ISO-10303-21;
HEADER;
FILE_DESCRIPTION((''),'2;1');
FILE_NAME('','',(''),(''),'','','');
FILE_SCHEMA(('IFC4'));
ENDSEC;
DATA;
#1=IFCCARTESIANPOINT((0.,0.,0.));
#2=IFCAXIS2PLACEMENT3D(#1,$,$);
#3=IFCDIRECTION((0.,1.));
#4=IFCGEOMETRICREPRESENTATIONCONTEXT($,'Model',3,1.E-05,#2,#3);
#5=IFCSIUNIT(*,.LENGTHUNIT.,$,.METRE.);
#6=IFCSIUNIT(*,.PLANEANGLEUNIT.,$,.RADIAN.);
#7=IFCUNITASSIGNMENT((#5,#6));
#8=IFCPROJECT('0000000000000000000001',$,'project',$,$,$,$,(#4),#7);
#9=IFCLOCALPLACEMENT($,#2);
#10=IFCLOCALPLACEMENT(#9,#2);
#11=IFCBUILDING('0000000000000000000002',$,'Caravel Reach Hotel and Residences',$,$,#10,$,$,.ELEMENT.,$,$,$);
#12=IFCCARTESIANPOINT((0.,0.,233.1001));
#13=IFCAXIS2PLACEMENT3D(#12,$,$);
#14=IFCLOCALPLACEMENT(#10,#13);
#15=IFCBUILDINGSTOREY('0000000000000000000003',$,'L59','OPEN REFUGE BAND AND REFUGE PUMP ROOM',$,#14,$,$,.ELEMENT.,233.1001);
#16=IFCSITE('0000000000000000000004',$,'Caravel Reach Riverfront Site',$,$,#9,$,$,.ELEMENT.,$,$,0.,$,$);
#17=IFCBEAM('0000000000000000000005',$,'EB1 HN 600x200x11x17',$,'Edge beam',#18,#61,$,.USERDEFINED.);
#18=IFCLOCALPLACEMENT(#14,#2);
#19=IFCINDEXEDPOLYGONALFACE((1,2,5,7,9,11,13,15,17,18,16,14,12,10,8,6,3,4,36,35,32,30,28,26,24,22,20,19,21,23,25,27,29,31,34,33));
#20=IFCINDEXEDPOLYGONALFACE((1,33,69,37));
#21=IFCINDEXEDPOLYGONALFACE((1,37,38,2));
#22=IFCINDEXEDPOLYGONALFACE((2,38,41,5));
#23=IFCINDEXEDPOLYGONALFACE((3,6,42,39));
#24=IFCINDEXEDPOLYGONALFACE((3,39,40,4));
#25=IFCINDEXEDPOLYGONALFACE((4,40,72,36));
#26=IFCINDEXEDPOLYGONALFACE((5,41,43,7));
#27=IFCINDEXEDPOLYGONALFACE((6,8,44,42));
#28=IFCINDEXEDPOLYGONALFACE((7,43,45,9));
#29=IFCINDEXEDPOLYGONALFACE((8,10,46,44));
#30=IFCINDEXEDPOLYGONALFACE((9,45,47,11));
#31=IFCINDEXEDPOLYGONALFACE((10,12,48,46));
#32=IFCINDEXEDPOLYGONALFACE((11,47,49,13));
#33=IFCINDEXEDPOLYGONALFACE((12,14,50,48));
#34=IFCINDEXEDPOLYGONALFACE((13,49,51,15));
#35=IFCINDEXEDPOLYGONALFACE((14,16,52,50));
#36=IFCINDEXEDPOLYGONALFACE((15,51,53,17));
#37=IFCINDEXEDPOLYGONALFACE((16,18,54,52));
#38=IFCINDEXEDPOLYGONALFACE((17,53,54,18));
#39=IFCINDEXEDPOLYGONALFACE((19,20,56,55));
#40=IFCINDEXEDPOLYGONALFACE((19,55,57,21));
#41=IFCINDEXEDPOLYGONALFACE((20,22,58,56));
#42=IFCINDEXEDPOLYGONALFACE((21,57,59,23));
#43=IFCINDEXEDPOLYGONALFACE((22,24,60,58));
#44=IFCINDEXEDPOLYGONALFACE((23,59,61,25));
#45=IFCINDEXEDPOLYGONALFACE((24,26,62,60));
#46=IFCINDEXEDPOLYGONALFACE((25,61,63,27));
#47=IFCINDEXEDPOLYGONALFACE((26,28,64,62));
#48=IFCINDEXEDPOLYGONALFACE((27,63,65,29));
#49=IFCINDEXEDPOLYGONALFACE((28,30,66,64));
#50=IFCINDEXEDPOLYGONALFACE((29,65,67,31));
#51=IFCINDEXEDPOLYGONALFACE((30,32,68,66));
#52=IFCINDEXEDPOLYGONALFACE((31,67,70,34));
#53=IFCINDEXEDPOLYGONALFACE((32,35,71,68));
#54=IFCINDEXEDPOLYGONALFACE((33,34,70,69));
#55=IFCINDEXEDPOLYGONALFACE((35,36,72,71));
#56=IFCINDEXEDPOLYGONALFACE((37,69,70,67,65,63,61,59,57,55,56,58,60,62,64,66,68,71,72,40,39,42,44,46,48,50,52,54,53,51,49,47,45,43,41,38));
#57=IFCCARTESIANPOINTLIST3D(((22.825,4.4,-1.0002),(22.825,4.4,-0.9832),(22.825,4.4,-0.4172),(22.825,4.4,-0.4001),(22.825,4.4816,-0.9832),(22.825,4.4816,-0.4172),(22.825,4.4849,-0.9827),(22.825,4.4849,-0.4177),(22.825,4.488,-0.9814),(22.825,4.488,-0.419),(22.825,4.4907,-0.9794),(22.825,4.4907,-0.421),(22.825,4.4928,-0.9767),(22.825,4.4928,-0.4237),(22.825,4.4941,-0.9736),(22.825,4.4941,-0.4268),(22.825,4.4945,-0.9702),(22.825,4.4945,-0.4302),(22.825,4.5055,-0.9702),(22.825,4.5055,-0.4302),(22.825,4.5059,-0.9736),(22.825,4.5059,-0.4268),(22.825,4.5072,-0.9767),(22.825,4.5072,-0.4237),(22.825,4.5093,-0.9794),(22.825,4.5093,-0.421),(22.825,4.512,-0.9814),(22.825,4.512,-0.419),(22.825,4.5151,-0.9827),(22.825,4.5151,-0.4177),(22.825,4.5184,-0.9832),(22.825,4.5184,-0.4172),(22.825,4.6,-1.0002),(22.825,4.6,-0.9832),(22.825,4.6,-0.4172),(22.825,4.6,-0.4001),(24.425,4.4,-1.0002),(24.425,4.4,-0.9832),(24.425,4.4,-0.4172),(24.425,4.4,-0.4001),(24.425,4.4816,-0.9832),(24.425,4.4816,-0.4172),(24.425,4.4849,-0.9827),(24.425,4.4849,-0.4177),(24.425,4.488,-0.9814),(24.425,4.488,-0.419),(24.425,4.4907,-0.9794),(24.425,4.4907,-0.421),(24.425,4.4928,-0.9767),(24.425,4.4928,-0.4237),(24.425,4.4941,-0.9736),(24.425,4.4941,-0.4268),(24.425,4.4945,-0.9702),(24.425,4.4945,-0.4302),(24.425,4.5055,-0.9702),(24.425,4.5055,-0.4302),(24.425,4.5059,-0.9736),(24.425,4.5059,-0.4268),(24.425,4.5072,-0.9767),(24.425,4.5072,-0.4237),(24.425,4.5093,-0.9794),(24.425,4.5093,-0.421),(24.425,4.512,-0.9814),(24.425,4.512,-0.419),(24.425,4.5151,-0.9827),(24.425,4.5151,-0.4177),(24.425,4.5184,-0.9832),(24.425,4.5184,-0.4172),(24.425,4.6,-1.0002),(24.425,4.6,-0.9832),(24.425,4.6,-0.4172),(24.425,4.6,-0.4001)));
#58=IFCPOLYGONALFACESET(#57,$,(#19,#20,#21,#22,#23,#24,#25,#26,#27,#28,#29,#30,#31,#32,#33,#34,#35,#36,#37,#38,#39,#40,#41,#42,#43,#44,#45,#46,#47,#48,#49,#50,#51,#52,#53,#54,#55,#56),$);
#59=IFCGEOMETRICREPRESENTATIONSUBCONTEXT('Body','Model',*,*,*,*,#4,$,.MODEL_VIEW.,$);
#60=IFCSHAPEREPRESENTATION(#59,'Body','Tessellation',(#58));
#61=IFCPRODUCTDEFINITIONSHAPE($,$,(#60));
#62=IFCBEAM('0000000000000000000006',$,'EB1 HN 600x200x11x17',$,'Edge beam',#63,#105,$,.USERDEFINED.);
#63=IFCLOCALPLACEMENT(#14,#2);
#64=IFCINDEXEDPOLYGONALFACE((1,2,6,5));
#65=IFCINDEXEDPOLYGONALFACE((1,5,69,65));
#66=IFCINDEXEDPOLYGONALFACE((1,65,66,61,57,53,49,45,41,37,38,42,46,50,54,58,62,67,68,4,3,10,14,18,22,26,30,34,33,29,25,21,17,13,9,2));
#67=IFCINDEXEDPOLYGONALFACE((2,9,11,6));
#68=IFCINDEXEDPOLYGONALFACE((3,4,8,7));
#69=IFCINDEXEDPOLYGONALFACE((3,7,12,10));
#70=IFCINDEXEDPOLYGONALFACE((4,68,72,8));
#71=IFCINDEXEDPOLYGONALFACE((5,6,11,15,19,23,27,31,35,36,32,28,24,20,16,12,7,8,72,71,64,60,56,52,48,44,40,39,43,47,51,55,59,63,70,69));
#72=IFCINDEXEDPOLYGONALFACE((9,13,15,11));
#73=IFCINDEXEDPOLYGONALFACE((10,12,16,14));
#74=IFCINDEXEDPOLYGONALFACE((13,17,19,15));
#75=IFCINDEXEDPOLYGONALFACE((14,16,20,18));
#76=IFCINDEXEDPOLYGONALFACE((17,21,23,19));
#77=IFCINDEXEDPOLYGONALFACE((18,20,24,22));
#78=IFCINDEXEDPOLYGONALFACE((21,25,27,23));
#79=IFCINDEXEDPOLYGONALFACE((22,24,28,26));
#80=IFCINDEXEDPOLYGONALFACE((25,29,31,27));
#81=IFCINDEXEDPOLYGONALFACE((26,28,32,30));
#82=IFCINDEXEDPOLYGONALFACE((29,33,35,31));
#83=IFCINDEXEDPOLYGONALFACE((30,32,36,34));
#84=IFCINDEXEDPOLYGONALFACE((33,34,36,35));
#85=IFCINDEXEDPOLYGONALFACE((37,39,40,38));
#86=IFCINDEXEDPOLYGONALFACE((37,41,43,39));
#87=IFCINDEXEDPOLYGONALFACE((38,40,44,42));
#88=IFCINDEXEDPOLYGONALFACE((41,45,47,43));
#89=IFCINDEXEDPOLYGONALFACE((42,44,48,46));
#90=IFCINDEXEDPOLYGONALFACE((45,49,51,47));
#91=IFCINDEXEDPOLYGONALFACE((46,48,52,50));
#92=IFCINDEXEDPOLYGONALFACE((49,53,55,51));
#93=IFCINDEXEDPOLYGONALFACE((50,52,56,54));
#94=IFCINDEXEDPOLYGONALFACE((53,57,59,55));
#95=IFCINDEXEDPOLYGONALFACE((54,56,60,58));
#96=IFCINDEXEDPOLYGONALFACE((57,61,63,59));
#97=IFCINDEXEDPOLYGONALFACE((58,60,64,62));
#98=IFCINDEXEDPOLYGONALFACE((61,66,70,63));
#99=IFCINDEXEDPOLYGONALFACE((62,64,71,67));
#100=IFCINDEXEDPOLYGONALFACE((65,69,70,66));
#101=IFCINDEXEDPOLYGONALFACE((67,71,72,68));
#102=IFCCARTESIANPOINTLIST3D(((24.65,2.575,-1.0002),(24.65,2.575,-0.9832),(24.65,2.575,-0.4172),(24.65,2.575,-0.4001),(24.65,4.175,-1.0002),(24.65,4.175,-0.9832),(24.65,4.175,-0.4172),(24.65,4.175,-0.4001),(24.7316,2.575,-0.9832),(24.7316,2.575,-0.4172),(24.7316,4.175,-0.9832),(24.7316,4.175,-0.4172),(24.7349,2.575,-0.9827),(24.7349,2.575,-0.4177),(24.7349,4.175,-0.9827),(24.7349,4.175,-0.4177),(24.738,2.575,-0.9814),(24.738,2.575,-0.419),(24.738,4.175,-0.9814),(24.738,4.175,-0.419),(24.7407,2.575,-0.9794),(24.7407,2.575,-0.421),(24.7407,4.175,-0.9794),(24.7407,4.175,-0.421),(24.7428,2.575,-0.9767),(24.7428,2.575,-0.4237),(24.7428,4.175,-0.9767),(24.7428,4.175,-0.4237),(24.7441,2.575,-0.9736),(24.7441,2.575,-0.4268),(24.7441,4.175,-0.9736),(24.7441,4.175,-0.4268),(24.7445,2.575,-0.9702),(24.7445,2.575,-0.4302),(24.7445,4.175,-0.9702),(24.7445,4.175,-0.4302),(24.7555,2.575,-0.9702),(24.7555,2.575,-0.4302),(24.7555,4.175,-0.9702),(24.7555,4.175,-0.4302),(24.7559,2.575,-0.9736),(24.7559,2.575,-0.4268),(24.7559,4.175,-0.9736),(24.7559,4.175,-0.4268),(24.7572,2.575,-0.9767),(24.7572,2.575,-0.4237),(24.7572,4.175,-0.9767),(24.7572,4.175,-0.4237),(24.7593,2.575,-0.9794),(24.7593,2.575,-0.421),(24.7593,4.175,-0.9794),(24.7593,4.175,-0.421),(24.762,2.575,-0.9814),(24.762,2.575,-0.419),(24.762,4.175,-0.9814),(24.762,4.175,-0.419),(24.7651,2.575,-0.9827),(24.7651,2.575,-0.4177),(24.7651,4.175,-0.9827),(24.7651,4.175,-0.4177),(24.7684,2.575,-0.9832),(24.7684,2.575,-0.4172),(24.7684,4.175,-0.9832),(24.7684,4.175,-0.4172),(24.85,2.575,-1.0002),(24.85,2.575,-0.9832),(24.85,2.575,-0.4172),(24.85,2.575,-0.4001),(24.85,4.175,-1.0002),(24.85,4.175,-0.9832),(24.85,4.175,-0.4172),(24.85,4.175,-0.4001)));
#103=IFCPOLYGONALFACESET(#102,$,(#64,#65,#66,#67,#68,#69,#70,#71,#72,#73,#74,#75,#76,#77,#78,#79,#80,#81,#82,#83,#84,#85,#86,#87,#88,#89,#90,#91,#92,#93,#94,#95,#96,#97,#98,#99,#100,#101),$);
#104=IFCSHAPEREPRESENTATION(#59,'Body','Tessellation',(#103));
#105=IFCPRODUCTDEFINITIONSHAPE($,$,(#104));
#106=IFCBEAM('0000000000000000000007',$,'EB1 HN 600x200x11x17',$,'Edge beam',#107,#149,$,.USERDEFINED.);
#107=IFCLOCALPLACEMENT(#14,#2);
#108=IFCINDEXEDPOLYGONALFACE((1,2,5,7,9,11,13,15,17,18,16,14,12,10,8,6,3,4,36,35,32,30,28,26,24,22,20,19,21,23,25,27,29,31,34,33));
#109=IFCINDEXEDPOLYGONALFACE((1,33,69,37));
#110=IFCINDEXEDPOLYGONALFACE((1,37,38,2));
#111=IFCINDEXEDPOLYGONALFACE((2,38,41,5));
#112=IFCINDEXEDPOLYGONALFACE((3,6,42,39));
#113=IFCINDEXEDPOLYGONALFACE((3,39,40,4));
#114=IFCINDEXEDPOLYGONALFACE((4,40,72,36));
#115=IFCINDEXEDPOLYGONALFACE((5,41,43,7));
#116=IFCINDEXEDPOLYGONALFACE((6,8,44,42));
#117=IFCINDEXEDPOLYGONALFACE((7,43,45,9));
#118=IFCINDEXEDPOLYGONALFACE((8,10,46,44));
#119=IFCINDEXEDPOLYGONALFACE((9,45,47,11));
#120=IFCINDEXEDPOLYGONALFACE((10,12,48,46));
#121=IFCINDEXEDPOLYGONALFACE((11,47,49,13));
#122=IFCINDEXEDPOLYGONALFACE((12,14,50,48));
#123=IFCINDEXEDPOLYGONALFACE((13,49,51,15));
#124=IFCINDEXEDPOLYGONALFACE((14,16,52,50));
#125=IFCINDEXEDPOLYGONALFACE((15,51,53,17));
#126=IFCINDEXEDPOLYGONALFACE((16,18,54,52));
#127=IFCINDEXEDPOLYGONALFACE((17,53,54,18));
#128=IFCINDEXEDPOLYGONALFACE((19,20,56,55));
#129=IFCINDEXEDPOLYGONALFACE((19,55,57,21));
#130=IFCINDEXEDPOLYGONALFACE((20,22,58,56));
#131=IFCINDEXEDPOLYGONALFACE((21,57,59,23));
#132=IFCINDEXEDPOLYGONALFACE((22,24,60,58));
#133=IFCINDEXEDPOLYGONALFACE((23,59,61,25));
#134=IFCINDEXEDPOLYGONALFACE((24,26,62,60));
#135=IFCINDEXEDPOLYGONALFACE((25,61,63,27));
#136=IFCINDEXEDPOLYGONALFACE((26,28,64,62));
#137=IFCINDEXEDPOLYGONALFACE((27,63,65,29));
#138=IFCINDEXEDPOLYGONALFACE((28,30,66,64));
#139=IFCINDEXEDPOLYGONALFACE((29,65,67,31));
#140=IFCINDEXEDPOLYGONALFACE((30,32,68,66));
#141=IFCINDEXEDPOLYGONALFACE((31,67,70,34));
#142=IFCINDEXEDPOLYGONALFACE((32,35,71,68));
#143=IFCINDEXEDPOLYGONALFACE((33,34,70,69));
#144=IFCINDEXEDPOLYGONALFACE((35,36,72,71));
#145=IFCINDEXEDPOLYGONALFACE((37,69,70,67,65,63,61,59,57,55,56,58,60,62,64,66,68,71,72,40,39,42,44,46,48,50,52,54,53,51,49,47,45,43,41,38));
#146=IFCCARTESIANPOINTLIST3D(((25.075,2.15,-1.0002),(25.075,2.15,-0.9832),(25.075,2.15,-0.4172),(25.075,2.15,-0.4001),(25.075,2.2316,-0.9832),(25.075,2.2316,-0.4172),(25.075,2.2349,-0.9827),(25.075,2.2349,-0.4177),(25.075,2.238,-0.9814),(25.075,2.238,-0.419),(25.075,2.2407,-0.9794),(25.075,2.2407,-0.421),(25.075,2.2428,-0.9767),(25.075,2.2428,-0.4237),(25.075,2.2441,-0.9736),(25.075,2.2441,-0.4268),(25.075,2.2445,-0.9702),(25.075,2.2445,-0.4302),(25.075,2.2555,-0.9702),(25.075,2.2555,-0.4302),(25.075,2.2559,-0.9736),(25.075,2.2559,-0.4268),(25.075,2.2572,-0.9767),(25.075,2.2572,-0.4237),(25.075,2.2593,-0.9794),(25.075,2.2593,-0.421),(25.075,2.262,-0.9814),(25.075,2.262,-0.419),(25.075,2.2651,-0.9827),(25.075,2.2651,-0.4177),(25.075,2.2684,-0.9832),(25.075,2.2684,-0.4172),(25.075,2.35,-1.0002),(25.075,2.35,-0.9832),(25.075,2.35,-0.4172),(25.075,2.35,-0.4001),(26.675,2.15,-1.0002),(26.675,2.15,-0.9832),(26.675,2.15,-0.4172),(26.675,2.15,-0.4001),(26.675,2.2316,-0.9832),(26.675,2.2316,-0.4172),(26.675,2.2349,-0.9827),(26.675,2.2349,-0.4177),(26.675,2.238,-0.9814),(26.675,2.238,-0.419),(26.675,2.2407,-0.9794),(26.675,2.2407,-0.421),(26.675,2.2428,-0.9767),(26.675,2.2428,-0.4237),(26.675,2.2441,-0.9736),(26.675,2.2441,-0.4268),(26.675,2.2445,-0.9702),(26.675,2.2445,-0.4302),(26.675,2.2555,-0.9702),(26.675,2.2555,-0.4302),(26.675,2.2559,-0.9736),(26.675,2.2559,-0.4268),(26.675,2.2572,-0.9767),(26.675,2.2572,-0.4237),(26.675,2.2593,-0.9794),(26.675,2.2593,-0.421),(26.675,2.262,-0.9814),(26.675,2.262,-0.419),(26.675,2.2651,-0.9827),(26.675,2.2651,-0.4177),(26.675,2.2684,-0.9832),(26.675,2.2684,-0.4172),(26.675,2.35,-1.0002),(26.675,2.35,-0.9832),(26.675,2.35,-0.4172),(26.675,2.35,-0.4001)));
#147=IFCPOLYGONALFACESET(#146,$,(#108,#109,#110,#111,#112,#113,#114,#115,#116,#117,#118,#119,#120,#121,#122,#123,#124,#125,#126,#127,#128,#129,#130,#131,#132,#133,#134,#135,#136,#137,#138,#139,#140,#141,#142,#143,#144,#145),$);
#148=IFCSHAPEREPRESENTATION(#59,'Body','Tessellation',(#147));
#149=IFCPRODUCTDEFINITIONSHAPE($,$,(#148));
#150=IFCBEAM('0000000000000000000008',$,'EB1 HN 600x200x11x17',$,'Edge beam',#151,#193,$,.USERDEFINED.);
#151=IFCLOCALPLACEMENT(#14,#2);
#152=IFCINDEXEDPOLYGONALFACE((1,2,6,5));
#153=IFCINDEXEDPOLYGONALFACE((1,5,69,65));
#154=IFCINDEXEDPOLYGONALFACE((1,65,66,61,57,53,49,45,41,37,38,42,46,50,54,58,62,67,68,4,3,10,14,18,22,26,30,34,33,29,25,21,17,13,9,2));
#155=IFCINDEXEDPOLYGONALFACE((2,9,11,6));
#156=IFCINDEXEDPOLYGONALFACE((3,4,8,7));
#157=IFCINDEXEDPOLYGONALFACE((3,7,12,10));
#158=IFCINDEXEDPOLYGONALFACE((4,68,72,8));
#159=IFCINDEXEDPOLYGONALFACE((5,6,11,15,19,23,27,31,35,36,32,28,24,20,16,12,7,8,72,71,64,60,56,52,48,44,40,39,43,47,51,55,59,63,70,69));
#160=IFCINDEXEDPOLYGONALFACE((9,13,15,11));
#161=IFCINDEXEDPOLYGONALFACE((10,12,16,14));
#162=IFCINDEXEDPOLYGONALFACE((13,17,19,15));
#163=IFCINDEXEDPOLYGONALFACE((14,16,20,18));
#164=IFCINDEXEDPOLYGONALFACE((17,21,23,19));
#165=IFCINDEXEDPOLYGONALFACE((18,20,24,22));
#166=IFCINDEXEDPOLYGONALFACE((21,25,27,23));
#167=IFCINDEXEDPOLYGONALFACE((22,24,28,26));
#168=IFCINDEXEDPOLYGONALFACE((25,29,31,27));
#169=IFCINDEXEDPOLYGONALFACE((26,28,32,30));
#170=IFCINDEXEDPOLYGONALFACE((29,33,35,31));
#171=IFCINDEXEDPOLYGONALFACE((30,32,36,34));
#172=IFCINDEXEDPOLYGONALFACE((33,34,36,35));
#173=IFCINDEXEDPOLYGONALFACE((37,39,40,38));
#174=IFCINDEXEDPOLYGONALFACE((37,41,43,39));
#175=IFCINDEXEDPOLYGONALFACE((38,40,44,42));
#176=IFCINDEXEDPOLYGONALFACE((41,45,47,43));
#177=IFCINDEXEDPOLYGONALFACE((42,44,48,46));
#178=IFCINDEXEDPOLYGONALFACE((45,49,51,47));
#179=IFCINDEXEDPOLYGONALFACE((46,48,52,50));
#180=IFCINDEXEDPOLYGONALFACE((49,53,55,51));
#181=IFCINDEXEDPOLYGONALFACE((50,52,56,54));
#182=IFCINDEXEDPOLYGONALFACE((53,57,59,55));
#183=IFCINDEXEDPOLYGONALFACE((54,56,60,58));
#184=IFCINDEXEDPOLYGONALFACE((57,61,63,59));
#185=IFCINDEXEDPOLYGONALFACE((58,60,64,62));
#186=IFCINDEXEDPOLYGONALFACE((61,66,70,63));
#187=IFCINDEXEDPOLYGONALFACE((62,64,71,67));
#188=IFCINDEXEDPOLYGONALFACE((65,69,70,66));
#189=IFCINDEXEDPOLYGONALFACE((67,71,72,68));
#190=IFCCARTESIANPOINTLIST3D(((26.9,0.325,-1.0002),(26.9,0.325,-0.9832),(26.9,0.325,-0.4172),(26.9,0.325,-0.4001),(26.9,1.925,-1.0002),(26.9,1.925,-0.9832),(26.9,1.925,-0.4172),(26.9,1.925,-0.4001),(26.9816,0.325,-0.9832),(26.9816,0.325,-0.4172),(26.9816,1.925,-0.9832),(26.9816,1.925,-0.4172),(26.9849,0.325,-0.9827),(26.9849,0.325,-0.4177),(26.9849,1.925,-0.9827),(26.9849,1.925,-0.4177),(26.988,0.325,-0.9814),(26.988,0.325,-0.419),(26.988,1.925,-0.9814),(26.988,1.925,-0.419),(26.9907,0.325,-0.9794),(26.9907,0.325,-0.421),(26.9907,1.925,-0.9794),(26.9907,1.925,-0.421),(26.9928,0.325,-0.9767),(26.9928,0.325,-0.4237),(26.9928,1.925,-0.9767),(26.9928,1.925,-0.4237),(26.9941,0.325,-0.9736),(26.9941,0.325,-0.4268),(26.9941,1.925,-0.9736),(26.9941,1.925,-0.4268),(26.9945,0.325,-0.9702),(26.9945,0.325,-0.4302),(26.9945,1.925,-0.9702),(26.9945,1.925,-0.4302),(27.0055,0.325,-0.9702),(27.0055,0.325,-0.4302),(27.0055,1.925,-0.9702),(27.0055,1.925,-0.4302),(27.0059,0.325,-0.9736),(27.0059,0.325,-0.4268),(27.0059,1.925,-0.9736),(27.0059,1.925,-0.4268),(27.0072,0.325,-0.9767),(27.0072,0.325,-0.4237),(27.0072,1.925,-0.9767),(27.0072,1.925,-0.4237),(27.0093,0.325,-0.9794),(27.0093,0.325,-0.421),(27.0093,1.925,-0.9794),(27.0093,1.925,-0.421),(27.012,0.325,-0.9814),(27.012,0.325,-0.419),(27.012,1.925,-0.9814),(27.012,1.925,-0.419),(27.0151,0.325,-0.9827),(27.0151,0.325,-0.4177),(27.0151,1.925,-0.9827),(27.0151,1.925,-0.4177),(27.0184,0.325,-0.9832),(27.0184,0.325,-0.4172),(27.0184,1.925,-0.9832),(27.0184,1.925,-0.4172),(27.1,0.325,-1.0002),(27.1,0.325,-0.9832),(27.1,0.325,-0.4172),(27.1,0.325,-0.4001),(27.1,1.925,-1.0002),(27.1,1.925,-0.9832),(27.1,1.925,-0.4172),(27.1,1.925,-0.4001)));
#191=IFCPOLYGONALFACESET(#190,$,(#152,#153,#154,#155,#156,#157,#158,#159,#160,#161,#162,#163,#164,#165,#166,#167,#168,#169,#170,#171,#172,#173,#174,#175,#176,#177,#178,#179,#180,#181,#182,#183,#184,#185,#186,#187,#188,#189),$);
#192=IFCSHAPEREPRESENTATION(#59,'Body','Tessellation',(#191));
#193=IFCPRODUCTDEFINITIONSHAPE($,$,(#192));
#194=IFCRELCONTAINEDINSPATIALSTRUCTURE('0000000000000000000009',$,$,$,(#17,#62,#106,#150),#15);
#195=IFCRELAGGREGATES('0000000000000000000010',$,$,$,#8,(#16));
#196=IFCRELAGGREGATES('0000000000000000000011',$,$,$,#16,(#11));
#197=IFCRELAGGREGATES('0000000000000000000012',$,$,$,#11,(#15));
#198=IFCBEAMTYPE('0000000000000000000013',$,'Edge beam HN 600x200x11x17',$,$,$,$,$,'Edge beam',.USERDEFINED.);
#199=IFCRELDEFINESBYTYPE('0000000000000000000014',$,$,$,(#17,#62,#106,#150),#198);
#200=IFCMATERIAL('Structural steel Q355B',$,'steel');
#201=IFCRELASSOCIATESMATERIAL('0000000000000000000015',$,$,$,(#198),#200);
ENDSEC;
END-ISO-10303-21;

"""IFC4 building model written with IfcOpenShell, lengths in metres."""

from ifc_helpers import new_model, si_unit, direction, frame, origin, origin_2d, place, context, subcontext, project, spatial, i_section, extrude, material, material_profile, profile_set, type_object, element, save


model = new_model("IFC4")

# Units and contexts
model_context = context("Model", 3, precision=1e-05, world=origin(), true_north=direction((0.0, 1.0)))
body_context = subcontext(model_context, "Body", "Model", "MODEL_VIEW")
ifc_project = project(units=[si_unit("LENGTHUNIT", "METRE"), si_unit("PLANEANGLEUNIT", "RADIAN")], contexts=[model_context])

# Site, building, storey
site_placement = place(None, origin())
site = spatial("IfcSite", under=ifc_project, at=site_placement, Name="Caravel Reach Riverfront Site", CompositionType="ELEMENT", RefElevation=0.0)
building_placement = place(site_placement, origin())
building = spatial("IfcBuilding", under=site, at=building_placement, Name="Caravel Reach Hotel and Residences", CompositionType="ELEMENT")
storey_placement = place(building_placement, frame((0.0, 0.0, 233.1001)))
storey = spatial("IfcBuildingStorey", under=building, at=storey_placement, Name="L59", Description="OPEN REFUGE BAND AND REFUGE PUMP ROOM", CompositionType="ELEMENT", Elevation=233.1001)

# Beams
ifc_material_1 = material(Name="Structural steel Q355B", Category="steel")
ifc_material_profile_1 = material_profile(ifc_material_1, i_section(OverallWidth=0.2, OverallDepth=0.6001, WebThickness=0.011, FlangeThickness=0.0171, FilletRadius=0.0129, at=origin_2d()), Name="HN 600x200x11x17")
ifc_profile_set_1 = profile_set([ifc_material_profile_1], Name="Structural steel Q355B")
beam_type_1 = type_object("IfcBeamType", Name="Edge beam HN 600x200x11x17", ElementType="Edge beam", PredefinedType="USERDEFINED", material=ifc_profile_set_1)
for number, where, z_axis, x_axis, name in (
    (1, (22.825, 4.5, -0.7002), (1.0, 0.0, 0.0), (0.0, 1.0, 0.0), "EB1 HN 600x200x11x17"),
    (2, (24.75, 4.175, -0.7002), (0.0, -1.0, 0.0), (1.0, 0.0, 0.0), "EB1 HN 600x200x11x17"),
    (3, (25.075, 2.25, -0.7002), (1.0, 0.0, 0.0), (0.0, 1.0, 0.0), "EB1 HN 600x200x11x17"),
    (4, (27.0, 1.925, -0.7002), (0.0, -1.0, 0.0), (1.0, 0.0, 0.0), "EB1 HN 600x200x11x17"),
):
    element("IfcBeam", number, at=place(storey_placement, frame(where, z_axis=z_axis, x_axis=x_axis)), inside=storey, type_object=beam_type_1, Name=name, ObjectType="Edge beam", PredefinedType="USERDEFINED", context=body_context, shape_type="SweptSolid", body=[
        extrude(i_section(OverallWidth=0.2, OverallDepth=0.6001, WebThickness=0.011, FlangeThickness=0.0171, FilletRadius=0.0129, at=origin_2d()), origin(), (0.0, 0.0, 1.0), 1.6001),
    ])

save(model, "model.ifc")
